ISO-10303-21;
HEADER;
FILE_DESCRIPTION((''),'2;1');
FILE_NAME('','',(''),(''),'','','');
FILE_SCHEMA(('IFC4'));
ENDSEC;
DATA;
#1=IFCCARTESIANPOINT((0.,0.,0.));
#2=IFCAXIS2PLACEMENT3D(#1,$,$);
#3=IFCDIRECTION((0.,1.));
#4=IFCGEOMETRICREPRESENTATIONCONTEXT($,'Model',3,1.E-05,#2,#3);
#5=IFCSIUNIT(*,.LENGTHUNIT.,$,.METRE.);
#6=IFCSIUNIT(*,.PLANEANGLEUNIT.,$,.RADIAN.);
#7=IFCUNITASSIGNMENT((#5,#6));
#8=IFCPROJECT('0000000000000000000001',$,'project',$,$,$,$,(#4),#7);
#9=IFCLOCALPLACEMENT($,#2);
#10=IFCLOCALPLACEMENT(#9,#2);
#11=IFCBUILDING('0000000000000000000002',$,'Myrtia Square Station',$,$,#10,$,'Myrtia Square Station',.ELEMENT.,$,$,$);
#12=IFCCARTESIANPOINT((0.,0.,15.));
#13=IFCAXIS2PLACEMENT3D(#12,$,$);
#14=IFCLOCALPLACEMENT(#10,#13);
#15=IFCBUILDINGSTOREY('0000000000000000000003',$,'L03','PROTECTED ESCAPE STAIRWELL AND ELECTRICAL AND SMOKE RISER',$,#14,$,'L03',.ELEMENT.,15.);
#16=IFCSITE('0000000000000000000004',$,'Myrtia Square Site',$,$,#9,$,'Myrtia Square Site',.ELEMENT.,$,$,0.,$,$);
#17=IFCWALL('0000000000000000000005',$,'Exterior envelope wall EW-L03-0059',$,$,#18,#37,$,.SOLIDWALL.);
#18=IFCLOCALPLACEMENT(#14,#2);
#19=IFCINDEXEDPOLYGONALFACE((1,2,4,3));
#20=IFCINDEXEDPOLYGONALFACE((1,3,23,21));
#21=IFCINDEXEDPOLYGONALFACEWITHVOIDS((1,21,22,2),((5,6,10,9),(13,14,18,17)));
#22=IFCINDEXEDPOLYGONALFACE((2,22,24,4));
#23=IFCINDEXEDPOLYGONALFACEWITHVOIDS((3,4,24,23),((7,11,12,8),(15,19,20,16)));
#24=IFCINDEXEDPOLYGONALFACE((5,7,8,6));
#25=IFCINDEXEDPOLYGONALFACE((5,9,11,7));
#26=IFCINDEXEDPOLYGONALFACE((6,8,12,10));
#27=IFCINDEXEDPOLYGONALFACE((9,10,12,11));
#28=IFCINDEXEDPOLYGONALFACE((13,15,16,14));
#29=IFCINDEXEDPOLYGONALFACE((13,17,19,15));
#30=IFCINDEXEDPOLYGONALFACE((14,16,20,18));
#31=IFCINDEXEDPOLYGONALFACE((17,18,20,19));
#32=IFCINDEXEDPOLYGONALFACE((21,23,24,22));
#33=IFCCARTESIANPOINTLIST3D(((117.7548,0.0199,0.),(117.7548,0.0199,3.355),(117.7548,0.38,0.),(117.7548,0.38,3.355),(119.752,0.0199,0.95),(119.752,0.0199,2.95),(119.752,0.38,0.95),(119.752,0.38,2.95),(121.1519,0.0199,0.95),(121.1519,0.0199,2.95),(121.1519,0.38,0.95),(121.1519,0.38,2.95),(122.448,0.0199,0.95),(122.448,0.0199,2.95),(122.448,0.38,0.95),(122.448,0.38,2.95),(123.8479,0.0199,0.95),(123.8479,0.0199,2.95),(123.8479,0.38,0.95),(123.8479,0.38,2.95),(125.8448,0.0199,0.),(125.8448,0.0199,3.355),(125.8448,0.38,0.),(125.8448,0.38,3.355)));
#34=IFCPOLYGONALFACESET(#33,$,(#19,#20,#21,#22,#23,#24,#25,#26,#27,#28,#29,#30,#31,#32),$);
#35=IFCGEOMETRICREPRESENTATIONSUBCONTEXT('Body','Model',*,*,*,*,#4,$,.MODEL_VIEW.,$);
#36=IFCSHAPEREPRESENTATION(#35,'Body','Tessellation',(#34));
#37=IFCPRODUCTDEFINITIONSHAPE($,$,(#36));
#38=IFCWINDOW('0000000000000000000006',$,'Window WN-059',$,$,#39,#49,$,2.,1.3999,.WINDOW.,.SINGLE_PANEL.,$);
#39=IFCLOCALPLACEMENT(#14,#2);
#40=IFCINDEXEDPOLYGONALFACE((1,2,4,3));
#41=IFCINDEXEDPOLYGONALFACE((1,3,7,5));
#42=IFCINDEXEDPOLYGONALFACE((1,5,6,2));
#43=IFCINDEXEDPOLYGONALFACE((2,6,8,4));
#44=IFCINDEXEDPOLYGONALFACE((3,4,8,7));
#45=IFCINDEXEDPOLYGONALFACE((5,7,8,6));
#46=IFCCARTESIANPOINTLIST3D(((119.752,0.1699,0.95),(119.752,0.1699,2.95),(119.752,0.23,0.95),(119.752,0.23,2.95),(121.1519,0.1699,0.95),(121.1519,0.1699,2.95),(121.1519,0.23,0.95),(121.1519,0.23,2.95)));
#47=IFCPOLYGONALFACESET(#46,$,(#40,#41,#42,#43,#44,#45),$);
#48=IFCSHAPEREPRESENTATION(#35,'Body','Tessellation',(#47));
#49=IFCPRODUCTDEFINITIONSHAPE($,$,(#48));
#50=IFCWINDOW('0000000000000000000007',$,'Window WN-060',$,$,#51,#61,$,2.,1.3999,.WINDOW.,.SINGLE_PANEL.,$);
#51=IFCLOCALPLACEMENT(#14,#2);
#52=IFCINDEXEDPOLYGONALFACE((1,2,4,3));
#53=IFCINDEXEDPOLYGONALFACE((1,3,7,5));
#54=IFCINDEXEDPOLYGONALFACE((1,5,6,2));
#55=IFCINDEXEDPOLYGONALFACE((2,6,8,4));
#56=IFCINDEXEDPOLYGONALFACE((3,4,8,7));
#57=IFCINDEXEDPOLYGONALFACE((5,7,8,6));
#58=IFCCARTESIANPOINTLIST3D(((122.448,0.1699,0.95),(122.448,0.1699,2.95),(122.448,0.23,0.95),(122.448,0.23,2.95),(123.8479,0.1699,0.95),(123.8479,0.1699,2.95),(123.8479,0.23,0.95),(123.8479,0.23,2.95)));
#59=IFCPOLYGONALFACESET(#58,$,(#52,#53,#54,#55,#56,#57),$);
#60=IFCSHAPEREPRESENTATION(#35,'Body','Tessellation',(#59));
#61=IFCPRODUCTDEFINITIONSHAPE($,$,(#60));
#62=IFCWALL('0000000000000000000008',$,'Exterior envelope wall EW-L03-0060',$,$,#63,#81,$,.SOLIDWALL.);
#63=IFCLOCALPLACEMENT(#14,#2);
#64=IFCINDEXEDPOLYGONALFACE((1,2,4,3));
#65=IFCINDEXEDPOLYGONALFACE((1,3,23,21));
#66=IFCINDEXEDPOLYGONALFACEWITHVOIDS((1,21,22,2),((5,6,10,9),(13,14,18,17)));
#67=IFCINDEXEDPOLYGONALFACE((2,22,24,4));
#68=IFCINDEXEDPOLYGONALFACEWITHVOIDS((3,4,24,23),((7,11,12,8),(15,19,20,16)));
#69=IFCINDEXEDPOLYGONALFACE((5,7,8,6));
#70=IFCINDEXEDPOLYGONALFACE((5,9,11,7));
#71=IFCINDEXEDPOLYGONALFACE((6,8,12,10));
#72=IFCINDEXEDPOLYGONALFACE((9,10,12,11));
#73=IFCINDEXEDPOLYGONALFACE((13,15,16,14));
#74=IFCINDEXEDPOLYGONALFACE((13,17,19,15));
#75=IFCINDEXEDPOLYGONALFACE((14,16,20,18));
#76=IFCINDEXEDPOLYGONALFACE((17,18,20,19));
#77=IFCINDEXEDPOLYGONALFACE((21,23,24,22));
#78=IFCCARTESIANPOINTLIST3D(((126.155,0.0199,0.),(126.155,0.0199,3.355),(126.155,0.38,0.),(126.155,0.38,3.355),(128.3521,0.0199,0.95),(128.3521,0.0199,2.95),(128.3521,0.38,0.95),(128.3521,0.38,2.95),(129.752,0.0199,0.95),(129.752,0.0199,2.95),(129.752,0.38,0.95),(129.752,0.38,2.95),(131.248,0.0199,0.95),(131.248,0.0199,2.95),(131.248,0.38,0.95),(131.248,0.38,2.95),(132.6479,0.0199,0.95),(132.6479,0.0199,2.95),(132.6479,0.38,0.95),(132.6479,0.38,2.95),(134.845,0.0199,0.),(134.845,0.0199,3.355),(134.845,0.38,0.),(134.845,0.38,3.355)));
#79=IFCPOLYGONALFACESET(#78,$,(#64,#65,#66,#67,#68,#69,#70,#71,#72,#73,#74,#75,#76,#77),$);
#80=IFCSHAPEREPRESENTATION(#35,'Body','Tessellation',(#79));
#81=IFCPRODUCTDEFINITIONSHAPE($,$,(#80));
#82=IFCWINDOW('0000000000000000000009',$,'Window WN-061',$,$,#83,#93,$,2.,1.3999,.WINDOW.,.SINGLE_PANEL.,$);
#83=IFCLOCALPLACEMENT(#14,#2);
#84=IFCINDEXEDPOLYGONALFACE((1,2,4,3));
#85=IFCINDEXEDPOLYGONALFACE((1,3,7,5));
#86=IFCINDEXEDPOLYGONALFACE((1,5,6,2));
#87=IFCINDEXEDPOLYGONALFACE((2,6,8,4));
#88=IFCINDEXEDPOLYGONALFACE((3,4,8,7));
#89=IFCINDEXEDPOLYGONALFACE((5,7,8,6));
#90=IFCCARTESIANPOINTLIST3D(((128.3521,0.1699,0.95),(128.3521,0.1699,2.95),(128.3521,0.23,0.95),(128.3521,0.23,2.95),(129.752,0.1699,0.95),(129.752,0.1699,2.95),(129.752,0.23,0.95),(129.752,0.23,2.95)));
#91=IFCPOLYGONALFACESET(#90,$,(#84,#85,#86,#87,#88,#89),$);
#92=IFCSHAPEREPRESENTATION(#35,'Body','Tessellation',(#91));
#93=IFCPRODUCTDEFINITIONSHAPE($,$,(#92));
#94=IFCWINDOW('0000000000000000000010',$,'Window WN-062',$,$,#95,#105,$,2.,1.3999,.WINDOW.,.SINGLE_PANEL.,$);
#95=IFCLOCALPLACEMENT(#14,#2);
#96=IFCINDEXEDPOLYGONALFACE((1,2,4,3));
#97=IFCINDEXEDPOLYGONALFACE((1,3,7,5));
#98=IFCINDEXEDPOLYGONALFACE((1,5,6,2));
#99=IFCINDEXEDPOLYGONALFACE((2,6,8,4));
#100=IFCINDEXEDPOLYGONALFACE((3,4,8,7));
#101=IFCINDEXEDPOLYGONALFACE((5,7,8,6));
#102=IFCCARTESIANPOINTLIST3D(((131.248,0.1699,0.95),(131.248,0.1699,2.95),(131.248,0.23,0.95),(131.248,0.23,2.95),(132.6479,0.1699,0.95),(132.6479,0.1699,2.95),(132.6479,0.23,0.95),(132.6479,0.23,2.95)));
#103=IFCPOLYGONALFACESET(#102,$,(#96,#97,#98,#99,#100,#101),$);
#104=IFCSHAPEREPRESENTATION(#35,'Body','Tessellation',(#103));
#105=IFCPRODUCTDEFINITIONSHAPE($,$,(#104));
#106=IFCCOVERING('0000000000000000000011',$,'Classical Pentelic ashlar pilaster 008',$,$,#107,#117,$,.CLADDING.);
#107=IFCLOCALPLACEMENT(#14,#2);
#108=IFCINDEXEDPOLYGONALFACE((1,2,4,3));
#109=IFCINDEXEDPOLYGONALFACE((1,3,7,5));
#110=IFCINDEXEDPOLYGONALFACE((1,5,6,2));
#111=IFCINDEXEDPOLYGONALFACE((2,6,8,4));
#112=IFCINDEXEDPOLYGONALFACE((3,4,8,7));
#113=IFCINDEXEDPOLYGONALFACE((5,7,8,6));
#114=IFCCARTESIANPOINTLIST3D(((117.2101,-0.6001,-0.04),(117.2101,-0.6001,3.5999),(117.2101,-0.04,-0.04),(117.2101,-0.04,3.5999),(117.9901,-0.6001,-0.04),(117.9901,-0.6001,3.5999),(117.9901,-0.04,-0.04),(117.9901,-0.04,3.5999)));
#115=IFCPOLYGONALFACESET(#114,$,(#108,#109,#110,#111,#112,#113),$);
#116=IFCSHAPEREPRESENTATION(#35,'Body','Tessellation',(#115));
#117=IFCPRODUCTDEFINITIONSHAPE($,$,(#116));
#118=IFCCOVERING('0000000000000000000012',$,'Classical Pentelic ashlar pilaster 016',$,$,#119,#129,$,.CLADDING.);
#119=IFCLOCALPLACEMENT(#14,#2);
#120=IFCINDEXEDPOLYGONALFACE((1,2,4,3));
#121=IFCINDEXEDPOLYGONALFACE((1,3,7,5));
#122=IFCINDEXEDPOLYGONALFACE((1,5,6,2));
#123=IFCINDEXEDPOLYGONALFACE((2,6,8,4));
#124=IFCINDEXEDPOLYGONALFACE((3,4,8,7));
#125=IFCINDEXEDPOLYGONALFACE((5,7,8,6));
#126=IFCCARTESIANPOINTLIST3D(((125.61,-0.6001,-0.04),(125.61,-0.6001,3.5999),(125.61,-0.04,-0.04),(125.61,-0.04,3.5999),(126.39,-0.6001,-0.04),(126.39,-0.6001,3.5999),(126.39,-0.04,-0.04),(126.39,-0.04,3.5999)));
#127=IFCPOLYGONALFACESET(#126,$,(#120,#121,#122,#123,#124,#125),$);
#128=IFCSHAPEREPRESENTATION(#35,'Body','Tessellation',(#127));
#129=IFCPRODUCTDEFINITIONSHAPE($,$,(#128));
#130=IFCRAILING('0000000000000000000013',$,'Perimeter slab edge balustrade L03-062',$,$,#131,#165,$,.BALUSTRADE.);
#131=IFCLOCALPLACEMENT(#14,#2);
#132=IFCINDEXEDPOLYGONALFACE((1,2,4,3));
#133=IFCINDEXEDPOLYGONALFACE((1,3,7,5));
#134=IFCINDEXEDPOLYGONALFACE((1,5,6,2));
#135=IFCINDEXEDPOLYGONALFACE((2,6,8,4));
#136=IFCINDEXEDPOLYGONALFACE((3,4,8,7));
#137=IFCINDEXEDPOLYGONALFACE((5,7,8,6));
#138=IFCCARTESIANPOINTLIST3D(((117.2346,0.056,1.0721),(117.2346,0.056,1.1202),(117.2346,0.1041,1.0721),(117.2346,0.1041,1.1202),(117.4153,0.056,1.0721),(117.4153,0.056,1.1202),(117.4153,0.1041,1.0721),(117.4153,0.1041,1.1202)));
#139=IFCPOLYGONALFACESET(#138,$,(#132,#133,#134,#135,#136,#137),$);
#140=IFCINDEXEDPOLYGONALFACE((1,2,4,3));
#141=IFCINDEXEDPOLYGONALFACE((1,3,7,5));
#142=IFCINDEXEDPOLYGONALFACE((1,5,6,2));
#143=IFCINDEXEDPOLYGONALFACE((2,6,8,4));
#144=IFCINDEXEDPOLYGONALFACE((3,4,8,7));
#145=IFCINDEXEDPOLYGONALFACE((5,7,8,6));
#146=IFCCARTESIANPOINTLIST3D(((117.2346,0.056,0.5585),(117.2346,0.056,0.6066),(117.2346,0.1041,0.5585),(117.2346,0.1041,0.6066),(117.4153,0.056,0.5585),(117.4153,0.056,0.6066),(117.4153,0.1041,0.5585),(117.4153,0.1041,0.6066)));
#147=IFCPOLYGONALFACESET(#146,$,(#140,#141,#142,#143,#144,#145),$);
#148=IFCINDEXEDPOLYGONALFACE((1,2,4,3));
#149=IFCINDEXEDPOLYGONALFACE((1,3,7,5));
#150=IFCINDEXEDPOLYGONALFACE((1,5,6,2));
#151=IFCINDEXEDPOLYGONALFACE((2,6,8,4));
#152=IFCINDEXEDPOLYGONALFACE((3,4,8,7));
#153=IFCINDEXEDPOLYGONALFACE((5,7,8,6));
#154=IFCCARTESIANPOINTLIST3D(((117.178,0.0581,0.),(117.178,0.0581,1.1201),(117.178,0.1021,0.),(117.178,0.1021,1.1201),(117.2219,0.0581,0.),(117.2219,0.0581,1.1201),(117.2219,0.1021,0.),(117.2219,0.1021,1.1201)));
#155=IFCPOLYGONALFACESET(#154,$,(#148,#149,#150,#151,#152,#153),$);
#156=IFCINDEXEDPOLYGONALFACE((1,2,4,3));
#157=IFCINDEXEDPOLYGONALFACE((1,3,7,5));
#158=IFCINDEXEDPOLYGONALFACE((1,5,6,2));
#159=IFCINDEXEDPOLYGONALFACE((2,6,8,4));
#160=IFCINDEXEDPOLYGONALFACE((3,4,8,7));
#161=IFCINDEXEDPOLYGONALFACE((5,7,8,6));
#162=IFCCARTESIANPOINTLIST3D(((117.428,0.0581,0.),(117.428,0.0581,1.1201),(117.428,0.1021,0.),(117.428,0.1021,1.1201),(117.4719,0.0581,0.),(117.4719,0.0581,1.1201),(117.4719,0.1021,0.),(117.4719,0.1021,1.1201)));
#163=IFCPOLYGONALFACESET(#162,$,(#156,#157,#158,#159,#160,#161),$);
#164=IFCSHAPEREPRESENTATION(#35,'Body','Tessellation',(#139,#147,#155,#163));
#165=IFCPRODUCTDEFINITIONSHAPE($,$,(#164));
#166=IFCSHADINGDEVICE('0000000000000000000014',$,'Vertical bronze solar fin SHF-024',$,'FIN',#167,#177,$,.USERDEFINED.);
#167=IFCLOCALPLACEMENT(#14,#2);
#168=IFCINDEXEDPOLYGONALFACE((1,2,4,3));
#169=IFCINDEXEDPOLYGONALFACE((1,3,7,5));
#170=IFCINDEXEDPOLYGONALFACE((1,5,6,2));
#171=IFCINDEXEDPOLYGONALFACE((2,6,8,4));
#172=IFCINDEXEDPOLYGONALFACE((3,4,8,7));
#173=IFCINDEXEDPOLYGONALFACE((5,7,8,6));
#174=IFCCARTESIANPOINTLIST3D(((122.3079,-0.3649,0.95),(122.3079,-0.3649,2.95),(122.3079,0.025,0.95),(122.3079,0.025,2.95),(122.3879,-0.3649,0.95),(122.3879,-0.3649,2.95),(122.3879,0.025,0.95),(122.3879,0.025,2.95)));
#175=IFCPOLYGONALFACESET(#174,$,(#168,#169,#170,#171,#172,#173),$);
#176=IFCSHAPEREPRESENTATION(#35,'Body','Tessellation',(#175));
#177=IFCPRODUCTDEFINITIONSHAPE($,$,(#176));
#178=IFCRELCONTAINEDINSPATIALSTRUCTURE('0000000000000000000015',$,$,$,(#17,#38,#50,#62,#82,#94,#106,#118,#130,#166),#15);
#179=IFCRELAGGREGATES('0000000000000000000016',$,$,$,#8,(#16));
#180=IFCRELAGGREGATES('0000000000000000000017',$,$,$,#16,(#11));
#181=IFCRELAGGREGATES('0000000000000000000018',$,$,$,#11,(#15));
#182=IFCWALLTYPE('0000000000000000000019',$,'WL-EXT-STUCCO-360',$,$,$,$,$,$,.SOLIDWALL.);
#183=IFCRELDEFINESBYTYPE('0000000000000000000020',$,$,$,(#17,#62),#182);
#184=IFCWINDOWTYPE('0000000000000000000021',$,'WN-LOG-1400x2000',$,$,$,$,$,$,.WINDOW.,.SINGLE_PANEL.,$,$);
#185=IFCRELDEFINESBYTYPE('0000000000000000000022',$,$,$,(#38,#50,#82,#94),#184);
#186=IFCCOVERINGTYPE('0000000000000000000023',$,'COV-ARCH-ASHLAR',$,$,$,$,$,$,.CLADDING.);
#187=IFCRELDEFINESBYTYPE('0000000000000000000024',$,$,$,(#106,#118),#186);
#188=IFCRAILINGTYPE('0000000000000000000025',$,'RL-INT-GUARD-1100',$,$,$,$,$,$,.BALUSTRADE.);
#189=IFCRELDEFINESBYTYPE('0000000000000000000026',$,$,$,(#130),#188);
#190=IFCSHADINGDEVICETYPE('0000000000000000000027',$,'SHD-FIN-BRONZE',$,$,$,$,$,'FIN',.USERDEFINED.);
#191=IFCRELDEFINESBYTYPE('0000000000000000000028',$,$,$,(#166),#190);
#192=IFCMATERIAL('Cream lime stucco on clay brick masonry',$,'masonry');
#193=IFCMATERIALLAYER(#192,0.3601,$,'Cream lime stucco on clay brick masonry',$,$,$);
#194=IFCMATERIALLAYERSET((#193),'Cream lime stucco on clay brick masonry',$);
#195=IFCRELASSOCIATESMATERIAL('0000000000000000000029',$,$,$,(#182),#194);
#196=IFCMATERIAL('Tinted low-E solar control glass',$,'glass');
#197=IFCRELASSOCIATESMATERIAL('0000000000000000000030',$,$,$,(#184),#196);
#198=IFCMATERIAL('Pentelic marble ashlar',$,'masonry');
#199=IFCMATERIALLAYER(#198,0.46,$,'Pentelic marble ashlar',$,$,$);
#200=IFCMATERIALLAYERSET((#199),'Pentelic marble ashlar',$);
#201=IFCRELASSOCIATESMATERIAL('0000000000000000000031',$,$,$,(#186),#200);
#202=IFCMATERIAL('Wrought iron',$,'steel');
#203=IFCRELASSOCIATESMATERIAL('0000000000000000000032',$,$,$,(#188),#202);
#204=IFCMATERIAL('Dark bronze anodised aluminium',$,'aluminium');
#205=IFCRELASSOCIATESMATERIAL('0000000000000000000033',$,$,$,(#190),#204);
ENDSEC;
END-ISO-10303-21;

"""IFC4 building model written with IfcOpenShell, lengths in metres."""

from ifc_helpers import new_model, si_unit, direction, frame, frame_2d, origin, origin_2d, place, context, subcontext, project, spatial, rectangle, extrude, material, layer, layer_set, type_object, element, fill, save


model = new_model("IFC4")

# Units and contexts
model_context = context("Model", 3, precision=1e-05, world=origin(), true_north=direction((0.0, 1.0)))
body_context = subcontext(model_context, "Body", "Model", "MODEL_VIEW")
ifc_project = project(units=[si_unit("LENGTHUNIT", "METRE"), si_unit("PLANEANGLEUNIT", "RADIAN")], contexts=[model_context])

# Site, building, storey
site_placement = place(None, origin())
site = spatial("IfcSite", under=ifc_project, at=site_placement, Name="Myrtia Square Site", LongName="Myrtia Square Site", CompositionType="ELEMENT", RefElevation=0.0)
building_placement = place(site_placement, origin())
building = spatial("IfcBuilding", under=site, at=building_placement, Name="Myrtia Square Station", LongName="Myrtia Square Station", CompositionType="ELEMENT")
storey_placement = place(building_placement, frame((0.0, 0.0, 15.0)))
storey = spatial("IfcBuildingStorey", under=building, at=storey_placement, Name="L03", Description="PROTECTED ESCAPE STAIRWELL AND ELECTRICAL AND SMOKE RISER", LongName="L03", CompositionType="ELEMENT", Elevation=15.0)

# Walls, openings, windows
ifc_material_1 = material(Name="Cream lime stucco on clay brick masonry", Category="masonry")
ifc_layer_1 = layer(ifc_material_1, 0.3601, Name="Cream lime stucco on clay brick masonry")
ifc_layer_set_1 = layer_set([ifc_layer_1], Name="Cream lime stucco on clay brick masonry")
wall_type = type_object("IfcWallType", Name="WL-EXT-STUCCO-360", PredefinedType="SOLIDWALL", material=ifc_layer_set_1)
wall_1_placement = place(storey_placement, frame((117.7549, 0.2, 0.0), z_axis=(0.0, 0.0, 1.0), x_axis=(1.0, 0.0, 0.0)))
wall_1 = element("IfcWall", 1, at=wall_1_placement, inside=storey, type_object=wall_type, Name="Exterior envelope wall EW-L03-0059", PredefinedType="SOLIDWALL", context=body_context, shape_type="SweptSolid", body=[
    extrude(rectangle(XDim=8.0901, YDim=0.3601, at=frame_2d((4.0449, 0.0))), origin(), (0.0, 0.0, 1.0), 3.355),
])
opening_1_placement = place(wall_1_placement, frame((1.9971, 0.0, 0.95)))
opening_1 = element("IfcOpeningElement", 2, at=opening_1_placement, cuts=wall_1, PredefinedType="OPENING", context=body_context, shape_type="SweptSolid", body=[
    extrude(rectangle(XDim=1.3999, YDim=2.0, at=frame_2d((0.7, 1.0))), frame((0.0, 0.1951, 0.0), z_axis=(0.0, -1.0, 0.0), x_axis=(1.0, 0.0, 0.0)), (0.0, 0.0, 1.0), 0.3901),
])
opening_2_placement = place(wall_1_placement, frame((4.6931, 0.0, 0.95)))
opening_2 = element("IfcOpeningElement", 3, at=opening_2_placement, cuts=wall_1, PredefinedType="OPENING", context=body_context, shape_type="SweptSolid", body=[
    extrude(rectangle(XDim=1.3999, YDim=2.0, at=frame_2d((0.7, 1.0))), frame((0.0, 0.1951, 0.0), z_axis=(0.0, -1.0, 0.0), x_axis=(1.0, 0.0, 0.0)), (0.0, 0.0, 1.0), 0.3901),
])
ifc_material_2 = material(Name="Tinted low-E solar control glass", Category="glass")
window_type = type_object("IfcWindowType", Name="WN-LOG-1400x2000", PartitioningType="SINGLE_PANEL", PredefinedType="WINDOW", material=ifc_material_2)
window_1_placement = place(opening_1_placement, origin())
window_1 = element("IfcWindow", 4, at=window_1_placement, inside=storey, type_object=window_type, Name="Window WN-059", OverallHeight=2.0, OverallWidth=1.3999, PartitioningType="SINGLE_PANEL", PredefinedType="WINDOW", context=body_context, shape_type="SweptSolid", body=[
    extrude(rectangle(XDim=1.3999, YDim=2.0, at=frame_2d((0.7, 1.0))), frame((0.0, 0.03, 0.0), z_axis=(0.0, -1.0, 0.0), x_axis=(1.0, 0.0, 0.0)), (0.0, 0.0, 1.0), 0.0601),
])
fill(opening_1, window_1)
window_2_placement = place(opening_2_placement, origin())
window_2 = element("IfcWindow", 5, at=window_2_placement, inside=storey, type_object=window_type, Name="Window WN-060", OverallHeight=2.0, OverallWidth=1.3999, PartitioningType="SINGLE_PANEL", PredefinedType="WINDOW", context=body_context, shape_type="SweptSolid", body=[
    extrude(rectangle(XDim=1.3999, YDim=2.0, at=frame_2d((0.7, 1.0))), frame((0.0, 0.03, 0.0), z_axis=(0.0, -1.0, 0.0), x_axis=(1.0, 0.0, 0.0)), (0.0, 0.0, 1.0), 0.0601),
])
fill(opening_2, window_2)
wall_2_placement = place(storey_placement, frame((126.155, 0.2, 0.0), z_axis=(0.0, 0.0, 1.0), x_axis=(1.0, 0.0, 0.0)))
wall_2 = element("IfcWall", 6, at=wall_2_placement, inside=storey, type_object=wall_type, Name="Exterior envelope wall EW-L03-0060", PredefinedType="SOLIDWALL", context=body_context, shape_type="SweptSolid", body=[
    extrude(rectangle(XDim=8.6899, YDim=0.3601, at=frame_2d((4.345, 0.0))), origin(), (0.0, 0.0, 1.0), 3.355),
])
opening_3_placement = place(wall_2_placement, frame((2.197, 0.0, 0.95)))
opening_3 = element("IfcOpeningElement", 7, at=opening_3_placement, cuts=wall_2, PredefinedType="OPENING", context=body_context, shape_type="SweptSolid", body=[
    extrude(rectangle(XDim=1.3999, YDim=2.0, at=frame_2d((0.7, 1.0))), frame((0.0, 0.1951, 0.0), z_axis=(0.0, -1.0, 0.0), x_axis=(1.0, 0.0, 0.0)), (0.0, 0.0, 1.0), 0.3901),
])
opening_4_placement = place(wall_2_placement, frame((5.093, 0.0, 0.95)))
opening_4 = element("IfcOpeningElement", 8, at=opening_4_placement, cuts=wall_2, PredefinedType="OPENING", context=body_context, shape_type="SweptSolid", body=[
    extrude(rectangle(XDim=1.3999, YDim=2.0, at=frame_2d((0.7, 1.0))), frame((0.0, 0.1951, 0.0), z_axis=(0.0, -1.0, 0.0), x_axis=(1.0, 0.0, 0.0)), (0.0, 0.0, 1.0), 0.3901),
])
window_3_placement = place(opening_3_placement, origin())
window_3 = element("IfcWindow", 9, at=window_3_placement, inside=storey, type_object=window_type, Name="Window WN-061", OverallHeight=2.0, OverallWidth=1.3999, PartitioningType="SINGLE_PANEL", PredefinedType="WINDOW", context=body_context, shape_type="SweptSolid", body=[
    extrude(rectangle(XDim=1.3999, YDim=2.0, at=frame_2d((0.7, 1.0))), frame((0.0, 0.03, 0.0), z_axis=(0.0, -1.0, 0.0), x_axis=(1.0, 0.0, 0.0)), (0.0, 0.0, 1.0), 0.0601),
])
fill(opening_3, window_3)
window_4_placement = place(opening_4_placement, origin())
window_4 = element("IfcWindow", 10, at=window_4_placement, inside=storey, type_object=window_type, Name="Window WN-062", OverallHeight=2.0, OverallWidth=1.3999, PartitioningType="SINGLE_PANEL", PredefinedType="WINDOW", context=body_context, shape_type="SweptSolid", body=[
    extrude(rectangle(XDim=1.3999, YDim=2.0, at=frame_2d((0.7, 1.0))), frame((0.0, 0.03, 0.0), z_axis=(0.0, -1.0, 0.0), x_axis=(1.0, 0.0, 0.0)), (0.0, 0.0, 1.0), 0.0601),
])
fill(opening_4, window_4)

# Coverings
ifc_material_3 = material(Name="Pentelic marble ashlar", Category="masonry")
ifc_layer_2 = layer(ifc_material_3, 0.46, Name="Pentelic marble ashlar")
ifc_layer_set_2 = layer_set([ifc_layer_2], Name="Pentelic marble ashlar")
covering_type = type_object("IfcCoveringType", Name="COV-ARCH-ASHLAR", PredefinedType="CLADDING", material=ifc_layer_set_2)
for number, where, z_axis, x_axis, name in (
    (11, (117.6001, -0.3201, -0.04), (0.0, 0.0, 1.0), (1.0, 0.0, 0.0), "Classical Pentelic ashlar pilaster 008"),
    (12, (126.0, -0.3201, -0.04), (0.0, 0.0, 1.0), (1.0, 0.0, 0.0), "Classical Pentelic ashlar pilaster 016"),
):
    element("IfcCovering", number, at=place(storey_placement, frame(where, z_axis=z_axis, x_axis=x_axis)), inside=storey, type_object=covering_type, Name=name, PredefinedType="CLADDING", context=body_context, shape_type="SweptSolid", body=[
        extrude(rectangle(XDim=0.78, YDim=0.5601, at=origin_2d()), origin(), (0.0, 0.0, 1.0), 3.6399),
    ])

# Railing
ifc_material_4 = material(Name="Wrought iron", Category="steel")
railing_type = type_object("IfcRailingType", Name="RL-INT-GUARD-1100", PredefinedType="BALUSTRADE", material=ifc_material_4)
railing_placement = place(storey_placement, frame((117.2, 0.0801, 0.0)))
element("IfcRailing", 13, at=railing_placement, inside=storey, type_object=railing_type, Name="Perimeter slab edge balustrade L03-062", PredefinedType="BALUSTRADE", context=body_context, shape_type="SweptSolid", body=[
    extrude(rectangle(XDim=0.0481, YDim=0.0481, at=origin_2d()), frame((0.0347, 0.0, 1.0962), z_axis=(1.0, 0.0, 0.0), x_axis=(0.0, 1.0, 0.0)), (0.0, 0.0, 1.0), 0.1807),
    extrude(rectangle(XDim=0.0481, YDim=0.0481, at=origin_2d()), frame((0.0347, 0.0, 0.5825), z_axis=(1.0, 0.0, 0.0), x_axis=(0.0, 1.0, 0.0)), (0.0, 0.0, 1.0), 0.1807),
    extrude(rectangle(XDim=0.0439, YDim=0.0439, at=origin_2d()), origin(), (0.0, 0.0, 1.0), 1.1201),
    extrude(rectangle(XDim=0.0439, YDim=0.0439, at=origin_2d()), frame((0.25, 0.0, 0.0)), (0.0, 0.0, 1.0), 1.1201),
])

# Shading device
ifc_material_5 = material(Name="Dark bronze anodised aluminium", Category="aluminium")
shading_device_type_1 = type_object("IfcShadingDeviceType", Name="SHD-FIN-BRONZE", ElementType="FIN", PredefinedType="USERDEFINED", material=ifc_material_5)
shading_device_1_placement = place(storey_placement, frame((122.3479, -0.1699, 0.95), z_axis=(0.0, 0.0, 1.0), x_axis=(1.0, 0.0, 0.0)))
element("IfcShadingDevice", 14, at=shading_device_1_placement, inside=storey, type_object=shading_device_type_1, Name="Vertical bronze solar fin SHF-024", ObjectType="FIN", PredefinedType="USERDEFINED", context=body_context, shape_type="SweptSolid", body=[
    extrude(rectangle(XDim=0.0801, YDim=0.3899, at=origin_2d()), origin(), (0.0, 0.0, 1.0), 2.0),
])

save(model, "model.ifc")
